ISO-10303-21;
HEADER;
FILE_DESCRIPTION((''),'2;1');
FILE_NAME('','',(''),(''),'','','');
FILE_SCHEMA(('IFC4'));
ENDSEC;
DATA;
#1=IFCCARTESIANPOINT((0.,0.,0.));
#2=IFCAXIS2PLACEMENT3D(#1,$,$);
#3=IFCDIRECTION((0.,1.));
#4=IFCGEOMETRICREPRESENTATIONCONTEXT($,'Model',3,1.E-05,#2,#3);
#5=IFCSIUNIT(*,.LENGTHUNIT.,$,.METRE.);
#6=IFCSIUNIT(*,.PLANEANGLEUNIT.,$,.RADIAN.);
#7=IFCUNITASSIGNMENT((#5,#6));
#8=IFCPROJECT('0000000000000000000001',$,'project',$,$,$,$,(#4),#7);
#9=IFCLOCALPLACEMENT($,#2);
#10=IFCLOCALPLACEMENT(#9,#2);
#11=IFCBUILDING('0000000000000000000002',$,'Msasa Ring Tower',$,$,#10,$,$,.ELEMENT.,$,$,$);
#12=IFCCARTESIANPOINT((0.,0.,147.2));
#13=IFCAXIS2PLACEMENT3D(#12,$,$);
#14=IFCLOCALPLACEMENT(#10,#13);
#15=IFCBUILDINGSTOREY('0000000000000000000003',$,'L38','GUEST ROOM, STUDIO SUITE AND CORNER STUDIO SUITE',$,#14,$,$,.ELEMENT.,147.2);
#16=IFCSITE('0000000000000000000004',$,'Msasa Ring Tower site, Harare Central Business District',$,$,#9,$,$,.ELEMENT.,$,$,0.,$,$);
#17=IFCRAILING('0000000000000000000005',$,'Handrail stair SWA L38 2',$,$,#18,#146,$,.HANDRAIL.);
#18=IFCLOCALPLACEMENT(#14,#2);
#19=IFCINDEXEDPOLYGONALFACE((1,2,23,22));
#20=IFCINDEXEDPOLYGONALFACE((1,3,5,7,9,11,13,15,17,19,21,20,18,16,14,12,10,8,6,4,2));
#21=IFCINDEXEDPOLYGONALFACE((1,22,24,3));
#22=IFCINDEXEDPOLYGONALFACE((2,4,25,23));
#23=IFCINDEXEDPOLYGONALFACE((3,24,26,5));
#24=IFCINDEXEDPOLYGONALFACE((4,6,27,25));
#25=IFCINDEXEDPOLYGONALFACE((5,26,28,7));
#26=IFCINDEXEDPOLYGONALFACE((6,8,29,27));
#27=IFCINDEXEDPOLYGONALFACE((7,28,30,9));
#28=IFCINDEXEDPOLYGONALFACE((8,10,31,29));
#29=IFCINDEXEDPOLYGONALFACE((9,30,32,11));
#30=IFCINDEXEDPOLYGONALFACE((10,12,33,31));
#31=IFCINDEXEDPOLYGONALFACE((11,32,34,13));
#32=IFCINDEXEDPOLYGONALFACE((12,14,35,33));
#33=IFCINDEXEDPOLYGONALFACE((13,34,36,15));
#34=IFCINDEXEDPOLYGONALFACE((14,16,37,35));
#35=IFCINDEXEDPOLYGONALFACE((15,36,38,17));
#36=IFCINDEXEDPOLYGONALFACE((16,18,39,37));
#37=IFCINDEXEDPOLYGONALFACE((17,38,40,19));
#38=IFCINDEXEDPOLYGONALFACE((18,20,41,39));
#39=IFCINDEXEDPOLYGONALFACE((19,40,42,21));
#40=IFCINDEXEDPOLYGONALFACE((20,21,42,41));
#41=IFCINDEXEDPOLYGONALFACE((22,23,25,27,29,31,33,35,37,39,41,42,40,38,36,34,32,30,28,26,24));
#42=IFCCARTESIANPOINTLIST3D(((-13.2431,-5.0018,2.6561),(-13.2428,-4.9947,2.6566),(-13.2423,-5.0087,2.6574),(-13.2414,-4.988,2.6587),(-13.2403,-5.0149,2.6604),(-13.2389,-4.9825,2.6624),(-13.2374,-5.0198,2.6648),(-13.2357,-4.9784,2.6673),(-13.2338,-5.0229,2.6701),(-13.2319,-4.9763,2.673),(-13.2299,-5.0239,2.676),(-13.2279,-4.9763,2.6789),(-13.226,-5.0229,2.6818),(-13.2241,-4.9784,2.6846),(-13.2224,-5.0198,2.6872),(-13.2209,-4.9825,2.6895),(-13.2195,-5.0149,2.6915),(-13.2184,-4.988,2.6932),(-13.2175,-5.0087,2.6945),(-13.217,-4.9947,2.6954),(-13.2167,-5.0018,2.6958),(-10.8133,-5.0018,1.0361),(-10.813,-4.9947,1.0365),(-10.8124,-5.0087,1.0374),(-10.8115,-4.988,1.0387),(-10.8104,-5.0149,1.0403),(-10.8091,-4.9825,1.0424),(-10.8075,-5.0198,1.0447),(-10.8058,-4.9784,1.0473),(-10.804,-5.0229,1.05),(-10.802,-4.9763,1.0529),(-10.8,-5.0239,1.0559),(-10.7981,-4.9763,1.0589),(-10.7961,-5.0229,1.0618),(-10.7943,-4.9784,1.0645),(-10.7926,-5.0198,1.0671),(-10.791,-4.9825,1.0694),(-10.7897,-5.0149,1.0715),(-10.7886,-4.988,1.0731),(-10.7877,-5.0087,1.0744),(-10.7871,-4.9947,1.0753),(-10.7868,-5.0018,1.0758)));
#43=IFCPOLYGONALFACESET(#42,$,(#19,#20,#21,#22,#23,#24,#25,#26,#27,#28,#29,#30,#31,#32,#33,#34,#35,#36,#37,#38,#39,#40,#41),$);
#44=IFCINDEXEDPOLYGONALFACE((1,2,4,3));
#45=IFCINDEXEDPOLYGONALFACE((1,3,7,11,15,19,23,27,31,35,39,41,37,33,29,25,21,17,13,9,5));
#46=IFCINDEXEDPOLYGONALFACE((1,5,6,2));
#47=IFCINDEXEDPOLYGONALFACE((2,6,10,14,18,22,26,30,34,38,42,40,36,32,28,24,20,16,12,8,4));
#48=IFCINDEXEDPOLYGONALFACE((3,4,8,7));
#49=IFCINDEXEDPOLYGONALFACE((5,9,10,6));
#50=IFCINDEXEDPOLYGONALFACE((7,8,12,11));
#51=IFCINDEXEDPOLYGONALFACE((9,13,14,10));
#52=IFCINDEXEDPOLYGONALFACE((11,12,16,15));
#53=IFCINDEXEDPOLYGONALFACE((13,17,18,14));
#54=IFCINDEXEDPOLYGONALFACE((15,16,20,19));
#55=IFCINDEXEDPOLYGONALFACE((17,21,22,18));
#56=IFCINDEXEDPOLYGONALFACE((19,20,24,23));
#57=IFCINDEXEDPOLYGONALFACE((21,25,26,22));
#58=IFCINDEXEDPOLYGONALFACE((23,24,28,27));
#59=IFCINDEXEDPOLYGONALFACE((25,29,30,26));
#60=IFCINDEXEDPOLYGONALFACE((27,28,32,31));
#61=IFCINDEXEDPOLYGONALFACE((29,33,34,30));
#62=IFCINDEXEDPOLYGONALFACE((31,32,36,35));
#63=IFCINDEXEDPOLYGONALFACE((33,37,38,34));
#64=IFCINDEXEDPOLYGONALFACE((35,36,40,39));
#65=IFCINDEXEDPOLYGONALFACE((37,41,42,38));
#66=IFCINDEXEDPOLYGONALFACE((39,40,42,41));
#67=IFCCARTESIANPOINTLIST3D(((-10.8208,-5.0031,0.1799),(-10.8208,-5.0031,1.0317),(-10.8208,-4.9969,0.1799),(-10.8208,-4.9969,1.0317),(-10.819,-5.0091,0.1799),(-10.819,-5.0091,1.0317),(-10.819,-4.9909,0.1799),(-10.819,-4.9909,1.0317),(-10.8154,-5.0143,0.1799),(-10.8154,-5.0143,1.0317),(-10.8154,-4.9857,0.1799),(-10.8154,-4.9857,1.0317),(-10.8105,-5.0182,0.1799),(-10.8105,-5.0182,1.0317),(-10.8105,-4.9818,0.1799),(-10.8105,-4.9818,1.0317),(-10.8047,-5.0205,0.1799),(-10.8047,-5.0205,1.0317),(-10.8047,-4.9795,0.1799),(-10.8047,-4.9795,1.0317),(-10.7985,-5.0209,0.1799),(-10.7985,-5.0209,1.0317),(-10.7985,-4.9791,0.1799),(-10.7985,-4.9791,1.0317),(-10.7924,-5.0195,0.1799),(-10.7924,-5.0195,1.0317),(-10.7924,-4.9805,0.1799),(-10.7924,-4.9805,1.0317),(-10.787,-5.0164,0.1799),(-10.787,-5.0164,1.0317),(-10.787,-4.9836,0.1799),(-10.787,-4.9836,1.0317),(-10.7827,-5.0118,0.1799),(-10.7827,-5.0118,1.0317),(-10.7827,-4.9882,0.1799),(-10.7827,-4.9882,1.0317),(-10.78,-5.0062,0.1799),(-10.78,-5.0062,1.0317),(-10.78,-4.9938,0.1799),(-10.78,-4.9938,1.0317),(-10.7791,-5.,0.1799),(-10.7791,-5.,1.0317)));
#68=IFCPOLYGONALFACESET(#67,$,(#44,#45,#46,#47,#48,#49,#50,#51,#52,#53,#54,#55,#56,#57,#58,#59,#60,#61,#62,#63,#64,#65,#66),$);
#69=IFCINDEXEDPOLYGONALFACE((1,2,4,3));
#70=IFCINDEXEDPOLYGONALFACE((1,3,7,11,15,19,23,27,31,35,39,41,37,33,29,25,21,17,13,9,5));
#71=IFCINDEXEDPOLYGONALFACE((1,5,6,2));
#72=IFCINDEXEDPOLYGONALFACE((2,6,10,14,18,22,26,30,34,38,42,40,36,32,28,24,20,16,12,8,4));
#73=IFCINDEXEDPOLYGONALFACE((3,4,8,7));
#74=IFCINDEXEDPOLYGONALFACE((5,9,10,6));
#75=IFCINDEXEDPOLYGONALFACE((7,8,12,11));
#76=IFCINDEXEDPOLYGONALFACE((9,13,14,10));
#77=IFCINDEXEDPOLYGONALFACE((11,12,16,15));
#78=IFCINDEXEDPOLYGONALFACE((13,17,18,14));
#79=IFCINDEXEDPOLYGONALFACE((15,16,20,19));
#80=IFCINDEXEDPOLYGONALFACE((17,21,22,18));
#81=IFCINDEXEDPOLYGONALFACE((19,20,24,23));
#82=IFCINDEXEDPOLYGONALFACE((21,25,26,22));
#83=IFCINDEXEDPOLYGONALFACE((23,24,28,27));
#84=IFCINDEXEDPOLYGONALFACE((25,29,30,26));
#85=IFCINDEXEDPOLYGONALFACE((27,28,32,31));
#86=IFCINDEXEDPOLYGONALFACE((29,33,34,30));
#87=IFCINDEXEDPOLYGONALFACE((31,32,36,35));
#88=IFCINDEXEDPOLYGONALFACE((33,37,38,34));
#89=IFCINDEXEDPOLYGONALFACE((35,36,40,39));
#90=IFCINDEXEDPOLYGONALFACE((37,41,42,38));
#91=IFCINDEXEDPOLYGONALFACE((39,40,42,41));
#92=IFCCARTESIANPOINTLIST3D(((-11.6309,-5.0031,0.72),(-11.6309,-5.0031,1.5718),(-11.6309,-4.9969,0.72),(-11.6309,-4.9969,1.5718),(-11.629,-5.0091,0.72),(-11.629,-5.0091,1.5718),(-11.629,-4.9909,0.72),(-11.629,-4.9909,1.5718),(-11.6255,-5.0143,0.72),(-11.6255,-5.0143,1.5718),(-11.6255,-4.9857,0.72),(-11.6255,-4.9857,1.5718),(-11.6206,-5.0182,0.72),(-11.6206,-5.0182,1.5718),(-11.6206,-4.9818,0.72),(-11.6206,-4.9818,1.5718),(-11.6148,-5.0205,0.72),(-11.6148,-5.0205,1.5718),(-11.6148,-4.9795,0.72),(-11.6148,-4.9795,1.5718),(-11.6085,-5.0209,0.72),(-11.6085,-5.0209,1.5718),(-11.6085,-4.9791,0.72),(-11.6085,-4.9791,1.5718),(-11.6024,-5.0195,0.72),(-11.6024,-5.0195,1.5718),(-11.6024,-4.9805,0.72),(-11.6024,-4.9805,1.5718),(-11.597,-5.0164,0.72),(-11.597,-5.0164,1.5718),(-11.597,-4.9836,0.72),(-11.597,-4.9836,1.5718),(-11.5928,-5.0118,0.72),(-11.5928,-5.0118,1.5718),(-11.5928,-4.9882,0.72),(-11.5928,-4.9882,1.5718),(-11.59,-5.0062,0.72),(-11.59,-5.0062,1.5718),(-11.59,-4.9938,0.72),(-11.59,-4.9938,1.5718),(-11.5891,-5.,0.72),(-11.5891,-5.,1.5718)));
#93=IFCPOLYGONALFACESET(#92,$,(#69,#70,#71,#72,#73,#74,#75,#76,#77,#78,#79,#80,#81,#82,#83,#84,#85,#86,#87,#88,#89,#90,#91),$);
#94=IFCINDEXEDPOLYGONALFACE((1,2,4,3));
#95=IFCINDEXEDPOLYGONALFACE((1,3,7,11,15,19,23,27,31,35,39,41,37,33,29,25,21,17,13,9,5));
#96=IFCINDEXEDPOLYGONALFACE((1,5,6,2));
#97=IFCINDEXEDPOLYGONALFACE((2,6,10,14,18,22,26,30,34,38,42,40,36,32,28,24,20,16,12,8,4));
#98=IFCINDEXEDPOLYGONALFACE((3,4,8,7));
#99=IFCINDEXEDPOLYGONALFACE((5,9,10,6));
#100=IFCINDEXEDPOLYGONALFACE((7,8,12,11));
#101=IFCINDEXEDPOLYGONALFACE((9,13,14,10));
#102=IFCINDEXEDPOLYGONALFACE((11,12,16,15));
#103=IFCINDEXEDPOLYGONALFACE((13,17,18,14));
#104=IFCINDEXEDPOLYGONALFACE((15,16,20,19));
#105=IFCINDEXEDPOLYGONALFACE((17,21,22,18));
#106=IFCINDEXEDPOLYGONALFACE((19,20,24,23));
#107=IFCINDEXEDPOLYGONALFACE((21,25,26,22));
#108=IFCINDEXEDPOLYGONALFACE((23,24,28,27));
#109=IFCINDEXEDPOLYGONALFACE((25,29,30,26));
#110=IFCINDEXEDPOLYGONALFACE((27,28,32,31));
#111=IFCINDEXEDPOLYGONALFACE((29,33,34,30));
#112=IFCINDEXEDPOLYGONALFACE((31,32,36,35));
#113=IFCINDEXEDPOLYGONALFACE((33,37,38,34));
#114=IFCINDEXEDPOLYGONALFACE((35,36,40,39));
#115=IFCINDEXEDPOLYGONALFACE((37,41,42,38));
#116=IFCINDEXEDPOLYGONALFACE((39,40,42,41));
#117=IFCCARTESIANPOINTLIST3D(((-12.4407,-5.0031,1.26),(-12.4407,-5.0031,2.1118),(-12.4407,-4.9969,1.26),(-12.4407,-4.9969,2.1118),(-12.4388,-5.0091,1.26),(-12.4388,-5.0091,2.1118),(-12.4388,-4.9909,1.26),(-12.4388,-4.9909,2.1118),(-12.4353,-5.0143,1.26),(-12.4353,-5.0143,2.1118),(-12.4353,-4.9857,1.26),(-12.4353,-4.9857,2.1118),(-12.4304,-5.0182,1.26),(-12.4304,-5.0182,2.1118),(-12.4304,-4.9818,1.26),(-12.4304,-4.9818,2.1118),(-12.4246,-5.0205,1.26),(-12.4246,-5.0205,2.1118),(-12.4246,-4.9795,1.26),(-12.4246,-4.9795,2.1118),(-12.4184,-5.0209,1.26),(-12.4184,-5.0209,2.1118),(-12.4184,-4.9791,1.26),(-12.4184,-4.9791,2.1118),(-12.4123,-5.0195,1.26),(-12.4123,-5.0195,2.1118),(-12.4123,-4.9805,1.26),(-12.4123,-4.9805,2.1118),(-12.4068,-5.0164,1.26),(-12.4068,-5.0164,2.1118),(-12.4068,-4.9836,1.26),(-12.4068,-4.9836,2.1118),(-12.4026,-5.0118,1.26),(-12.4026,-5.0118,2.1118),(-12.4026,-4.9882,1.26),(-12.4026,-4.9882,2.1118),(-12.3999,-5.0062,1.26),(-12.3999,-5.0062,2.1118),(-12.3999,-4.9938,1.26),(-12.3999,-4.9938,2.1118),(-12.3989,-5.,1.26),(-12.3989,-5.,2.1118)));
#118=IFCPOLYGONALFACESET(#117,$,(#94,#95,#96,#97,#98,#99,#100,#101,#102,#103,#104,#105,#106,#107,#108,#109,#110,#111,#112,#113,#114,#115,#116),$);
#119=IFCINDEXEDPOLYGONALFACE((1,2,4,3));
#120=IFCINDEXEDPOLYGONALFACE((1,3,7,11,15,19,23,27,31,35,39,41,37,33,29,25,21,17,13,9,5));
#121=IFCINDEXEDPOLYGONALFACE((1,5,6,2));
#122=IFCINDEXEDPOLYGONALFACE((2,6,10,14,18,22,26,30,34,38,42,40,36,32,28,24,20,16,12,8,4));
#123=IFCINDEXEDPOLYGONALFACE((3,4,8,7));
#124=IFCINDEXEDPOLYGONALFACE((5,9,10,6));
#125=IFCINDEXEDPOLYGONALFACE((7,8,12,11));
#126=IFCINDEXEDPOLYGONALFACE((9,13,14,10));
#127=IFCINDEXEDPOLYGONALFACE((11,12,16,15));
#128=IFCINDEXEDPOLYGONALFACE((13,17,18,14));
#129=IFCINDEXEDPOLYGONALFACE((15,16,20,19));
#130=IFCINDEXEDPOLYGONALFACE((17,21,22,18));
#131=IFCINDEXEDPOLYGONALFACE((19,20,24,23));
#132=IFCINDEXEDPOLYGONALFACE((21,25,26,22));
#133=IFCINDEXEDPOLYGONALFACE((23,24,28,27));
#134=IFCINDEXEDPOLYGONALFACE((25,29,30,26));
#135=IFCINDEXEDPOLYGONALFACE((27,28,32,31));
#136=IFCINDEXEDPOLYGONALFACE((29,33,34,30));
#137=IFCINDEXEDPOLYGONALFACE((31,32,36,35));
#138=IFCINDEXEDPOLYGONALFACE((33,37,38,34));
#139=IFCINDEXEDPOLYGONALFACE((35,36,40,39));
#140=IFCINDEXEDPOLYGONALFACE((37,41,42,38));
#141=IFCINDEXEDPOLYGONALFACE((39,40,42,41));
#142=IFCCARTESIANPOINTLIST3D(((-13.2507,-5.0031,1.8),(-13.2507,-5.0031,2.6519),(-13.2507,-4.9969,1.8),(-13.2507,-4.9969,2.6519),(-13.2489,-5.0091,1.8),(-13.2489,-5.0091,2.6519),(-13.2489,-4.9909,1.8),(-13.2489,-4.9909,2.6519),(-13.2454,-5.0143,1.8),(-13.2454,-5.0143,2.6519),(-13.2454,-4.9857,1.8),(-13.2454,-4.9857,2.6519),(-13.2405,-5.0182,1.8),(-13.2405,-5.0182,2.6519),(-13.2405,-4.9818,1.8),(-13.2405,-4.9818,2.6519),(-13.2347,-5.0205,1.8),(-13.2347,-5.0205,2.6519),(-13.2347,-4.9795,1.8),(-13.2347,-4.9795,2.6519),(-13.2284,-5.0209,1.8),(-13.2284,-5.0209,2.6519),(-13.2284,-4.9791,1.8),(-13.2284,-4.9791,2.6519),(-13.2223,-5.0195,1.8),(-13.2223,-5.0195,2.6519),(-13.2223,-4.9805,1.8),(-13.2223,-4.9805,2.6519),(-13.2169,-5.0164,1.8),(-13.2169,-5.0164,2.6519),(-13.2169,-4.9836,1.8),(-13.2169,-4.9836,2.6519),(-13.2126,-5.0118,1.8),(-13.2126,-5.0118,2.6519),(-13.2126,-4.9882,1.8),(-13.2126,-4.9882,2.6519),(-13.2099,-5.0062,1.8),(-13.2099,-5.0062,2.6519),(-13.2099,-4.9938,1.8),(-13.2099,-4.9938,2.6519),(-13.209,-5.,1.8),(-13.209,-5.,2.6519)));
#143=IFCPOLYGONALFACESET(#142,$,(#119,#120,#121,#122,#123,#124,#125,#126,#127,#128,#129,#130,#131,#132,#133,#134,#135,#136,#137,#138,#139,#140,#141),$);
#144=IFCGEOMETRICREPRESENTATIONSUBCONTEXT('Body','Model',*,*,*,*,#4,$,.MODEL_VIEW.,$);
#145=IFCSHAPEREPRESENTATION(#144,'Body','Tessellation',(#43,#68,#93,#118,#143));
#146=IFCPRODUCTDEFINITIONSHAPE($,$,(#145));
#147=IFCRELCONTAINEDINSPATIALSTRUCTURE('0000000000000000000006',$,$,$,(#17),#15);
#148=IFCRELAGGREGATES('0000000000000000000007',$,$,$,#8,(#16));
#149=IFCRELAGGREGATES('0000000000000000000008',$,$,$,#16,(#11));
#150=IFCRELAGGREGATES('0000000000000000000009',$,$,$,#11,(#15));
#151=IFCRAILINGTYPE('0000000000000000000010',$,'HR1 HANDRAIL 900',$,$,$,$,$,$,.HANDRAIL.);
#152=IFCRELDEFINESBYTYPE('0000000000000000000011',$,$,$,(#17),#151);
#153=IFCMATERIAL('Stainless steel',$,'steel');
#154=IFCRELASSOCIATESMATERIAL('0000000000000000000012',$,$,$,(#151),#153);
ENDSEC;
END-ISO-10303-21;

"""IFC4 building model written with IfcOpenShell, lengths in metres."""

from ifc_helpers import new_model, si_unit, direction, frame, origin, origin_2d, place, context, subcontext, project, spatial, circle, extrude, material, type_object, element, save


model = new_model("IFC4")

# Units and contexts
model_context = context("Model", 3, precision=1e-05, world=origin(), true_north=direction((0.0, 1.0)))
body_context = subcontext(model_context, "Body", "Model", "MODEL_VIEW")
ifc_project = project(units=[si_unit("LENGTHUNIT", "METRE"), si_unit("PLANEANGLEUNIT", "RADIAN")], contexts=[model_context])

# Site, building, storey
site_placement = place(None, origin())
site = spatial("IfcSite", under=ifc_project, at=site_placement, Name="Msasa Ring Tower site, Harare Central Business District", CompositionType="ELEMENT", RefElevation=0.0)
building_placement = place(site_placement, origin())
building = spatial("IfcBuilding", under=site, at=building_placement, Name="Msasa Ring Tower", CompositionType="ELEMENT")
storey_placement = place(building_placement, frame((0.0, 0.0, 147.2)))
storey = spatial("IfcBuildingStorey", under=building, at=storey_placement, Name="L38", Description="GUEST ROOM, STUDIO SUITE AND CORNER STUDIO SUITE", CompositionType="ELEMENT", Elevation=147.2)

# Railing
ifc_material_1 = material(Name="Stainless steel", Category="steel")
railing_type = type_object("IfcRailingType", Name="HR1 HANDRAIL 900", PredefinedType="HANDRAIL", material=ifc_material_1)
for number, where, name in (
    (1, (-10.8, -5.0, 0.1799), "Handrail stair SWA L38 2"),
):
    element("IfcRailing", number, at=place(storey_placement, frame(where)), inside=storey, type_object=railing_type, Name=name, PredefinedType="HANDRAIL", context=body_context, shape_type="SweptSolid", body=[
        extrude(circle(Radius=0.0239, at=origin_2d()), frame((0.0, 0.0, 0.876), z_axis=(-0.832025, 0.0, 0.554739), x_axis=(0.0, -1.0, 0.0)), (0.0, 0.0, 1.0), 2.9204),
        extrude(circle(Radius=0.021, at=origin_2d()), origin(), (0.0, 0.0, 1.0), 0.8518),
        extrude(circle(Radius=0.021, at=origin_2d()), frame((-0.8101, 0.0, 0.54)), (0.0, 0.0, 1.0), 0.8518),
        extrude(circle(Radius=0.021, at=origin_2d()), frame((-1.6199, 0.0, 1.0801)), (0.0, 0.0, 1.0), 0.8518),
        extrude(circle(Radius=0.021, at=origin_2d()), frame((-2.4299, 0.0, 1.6201)), (0.0, 0.0, 1.0), 0.8518),
    ])

save(model, "model.ifc")
